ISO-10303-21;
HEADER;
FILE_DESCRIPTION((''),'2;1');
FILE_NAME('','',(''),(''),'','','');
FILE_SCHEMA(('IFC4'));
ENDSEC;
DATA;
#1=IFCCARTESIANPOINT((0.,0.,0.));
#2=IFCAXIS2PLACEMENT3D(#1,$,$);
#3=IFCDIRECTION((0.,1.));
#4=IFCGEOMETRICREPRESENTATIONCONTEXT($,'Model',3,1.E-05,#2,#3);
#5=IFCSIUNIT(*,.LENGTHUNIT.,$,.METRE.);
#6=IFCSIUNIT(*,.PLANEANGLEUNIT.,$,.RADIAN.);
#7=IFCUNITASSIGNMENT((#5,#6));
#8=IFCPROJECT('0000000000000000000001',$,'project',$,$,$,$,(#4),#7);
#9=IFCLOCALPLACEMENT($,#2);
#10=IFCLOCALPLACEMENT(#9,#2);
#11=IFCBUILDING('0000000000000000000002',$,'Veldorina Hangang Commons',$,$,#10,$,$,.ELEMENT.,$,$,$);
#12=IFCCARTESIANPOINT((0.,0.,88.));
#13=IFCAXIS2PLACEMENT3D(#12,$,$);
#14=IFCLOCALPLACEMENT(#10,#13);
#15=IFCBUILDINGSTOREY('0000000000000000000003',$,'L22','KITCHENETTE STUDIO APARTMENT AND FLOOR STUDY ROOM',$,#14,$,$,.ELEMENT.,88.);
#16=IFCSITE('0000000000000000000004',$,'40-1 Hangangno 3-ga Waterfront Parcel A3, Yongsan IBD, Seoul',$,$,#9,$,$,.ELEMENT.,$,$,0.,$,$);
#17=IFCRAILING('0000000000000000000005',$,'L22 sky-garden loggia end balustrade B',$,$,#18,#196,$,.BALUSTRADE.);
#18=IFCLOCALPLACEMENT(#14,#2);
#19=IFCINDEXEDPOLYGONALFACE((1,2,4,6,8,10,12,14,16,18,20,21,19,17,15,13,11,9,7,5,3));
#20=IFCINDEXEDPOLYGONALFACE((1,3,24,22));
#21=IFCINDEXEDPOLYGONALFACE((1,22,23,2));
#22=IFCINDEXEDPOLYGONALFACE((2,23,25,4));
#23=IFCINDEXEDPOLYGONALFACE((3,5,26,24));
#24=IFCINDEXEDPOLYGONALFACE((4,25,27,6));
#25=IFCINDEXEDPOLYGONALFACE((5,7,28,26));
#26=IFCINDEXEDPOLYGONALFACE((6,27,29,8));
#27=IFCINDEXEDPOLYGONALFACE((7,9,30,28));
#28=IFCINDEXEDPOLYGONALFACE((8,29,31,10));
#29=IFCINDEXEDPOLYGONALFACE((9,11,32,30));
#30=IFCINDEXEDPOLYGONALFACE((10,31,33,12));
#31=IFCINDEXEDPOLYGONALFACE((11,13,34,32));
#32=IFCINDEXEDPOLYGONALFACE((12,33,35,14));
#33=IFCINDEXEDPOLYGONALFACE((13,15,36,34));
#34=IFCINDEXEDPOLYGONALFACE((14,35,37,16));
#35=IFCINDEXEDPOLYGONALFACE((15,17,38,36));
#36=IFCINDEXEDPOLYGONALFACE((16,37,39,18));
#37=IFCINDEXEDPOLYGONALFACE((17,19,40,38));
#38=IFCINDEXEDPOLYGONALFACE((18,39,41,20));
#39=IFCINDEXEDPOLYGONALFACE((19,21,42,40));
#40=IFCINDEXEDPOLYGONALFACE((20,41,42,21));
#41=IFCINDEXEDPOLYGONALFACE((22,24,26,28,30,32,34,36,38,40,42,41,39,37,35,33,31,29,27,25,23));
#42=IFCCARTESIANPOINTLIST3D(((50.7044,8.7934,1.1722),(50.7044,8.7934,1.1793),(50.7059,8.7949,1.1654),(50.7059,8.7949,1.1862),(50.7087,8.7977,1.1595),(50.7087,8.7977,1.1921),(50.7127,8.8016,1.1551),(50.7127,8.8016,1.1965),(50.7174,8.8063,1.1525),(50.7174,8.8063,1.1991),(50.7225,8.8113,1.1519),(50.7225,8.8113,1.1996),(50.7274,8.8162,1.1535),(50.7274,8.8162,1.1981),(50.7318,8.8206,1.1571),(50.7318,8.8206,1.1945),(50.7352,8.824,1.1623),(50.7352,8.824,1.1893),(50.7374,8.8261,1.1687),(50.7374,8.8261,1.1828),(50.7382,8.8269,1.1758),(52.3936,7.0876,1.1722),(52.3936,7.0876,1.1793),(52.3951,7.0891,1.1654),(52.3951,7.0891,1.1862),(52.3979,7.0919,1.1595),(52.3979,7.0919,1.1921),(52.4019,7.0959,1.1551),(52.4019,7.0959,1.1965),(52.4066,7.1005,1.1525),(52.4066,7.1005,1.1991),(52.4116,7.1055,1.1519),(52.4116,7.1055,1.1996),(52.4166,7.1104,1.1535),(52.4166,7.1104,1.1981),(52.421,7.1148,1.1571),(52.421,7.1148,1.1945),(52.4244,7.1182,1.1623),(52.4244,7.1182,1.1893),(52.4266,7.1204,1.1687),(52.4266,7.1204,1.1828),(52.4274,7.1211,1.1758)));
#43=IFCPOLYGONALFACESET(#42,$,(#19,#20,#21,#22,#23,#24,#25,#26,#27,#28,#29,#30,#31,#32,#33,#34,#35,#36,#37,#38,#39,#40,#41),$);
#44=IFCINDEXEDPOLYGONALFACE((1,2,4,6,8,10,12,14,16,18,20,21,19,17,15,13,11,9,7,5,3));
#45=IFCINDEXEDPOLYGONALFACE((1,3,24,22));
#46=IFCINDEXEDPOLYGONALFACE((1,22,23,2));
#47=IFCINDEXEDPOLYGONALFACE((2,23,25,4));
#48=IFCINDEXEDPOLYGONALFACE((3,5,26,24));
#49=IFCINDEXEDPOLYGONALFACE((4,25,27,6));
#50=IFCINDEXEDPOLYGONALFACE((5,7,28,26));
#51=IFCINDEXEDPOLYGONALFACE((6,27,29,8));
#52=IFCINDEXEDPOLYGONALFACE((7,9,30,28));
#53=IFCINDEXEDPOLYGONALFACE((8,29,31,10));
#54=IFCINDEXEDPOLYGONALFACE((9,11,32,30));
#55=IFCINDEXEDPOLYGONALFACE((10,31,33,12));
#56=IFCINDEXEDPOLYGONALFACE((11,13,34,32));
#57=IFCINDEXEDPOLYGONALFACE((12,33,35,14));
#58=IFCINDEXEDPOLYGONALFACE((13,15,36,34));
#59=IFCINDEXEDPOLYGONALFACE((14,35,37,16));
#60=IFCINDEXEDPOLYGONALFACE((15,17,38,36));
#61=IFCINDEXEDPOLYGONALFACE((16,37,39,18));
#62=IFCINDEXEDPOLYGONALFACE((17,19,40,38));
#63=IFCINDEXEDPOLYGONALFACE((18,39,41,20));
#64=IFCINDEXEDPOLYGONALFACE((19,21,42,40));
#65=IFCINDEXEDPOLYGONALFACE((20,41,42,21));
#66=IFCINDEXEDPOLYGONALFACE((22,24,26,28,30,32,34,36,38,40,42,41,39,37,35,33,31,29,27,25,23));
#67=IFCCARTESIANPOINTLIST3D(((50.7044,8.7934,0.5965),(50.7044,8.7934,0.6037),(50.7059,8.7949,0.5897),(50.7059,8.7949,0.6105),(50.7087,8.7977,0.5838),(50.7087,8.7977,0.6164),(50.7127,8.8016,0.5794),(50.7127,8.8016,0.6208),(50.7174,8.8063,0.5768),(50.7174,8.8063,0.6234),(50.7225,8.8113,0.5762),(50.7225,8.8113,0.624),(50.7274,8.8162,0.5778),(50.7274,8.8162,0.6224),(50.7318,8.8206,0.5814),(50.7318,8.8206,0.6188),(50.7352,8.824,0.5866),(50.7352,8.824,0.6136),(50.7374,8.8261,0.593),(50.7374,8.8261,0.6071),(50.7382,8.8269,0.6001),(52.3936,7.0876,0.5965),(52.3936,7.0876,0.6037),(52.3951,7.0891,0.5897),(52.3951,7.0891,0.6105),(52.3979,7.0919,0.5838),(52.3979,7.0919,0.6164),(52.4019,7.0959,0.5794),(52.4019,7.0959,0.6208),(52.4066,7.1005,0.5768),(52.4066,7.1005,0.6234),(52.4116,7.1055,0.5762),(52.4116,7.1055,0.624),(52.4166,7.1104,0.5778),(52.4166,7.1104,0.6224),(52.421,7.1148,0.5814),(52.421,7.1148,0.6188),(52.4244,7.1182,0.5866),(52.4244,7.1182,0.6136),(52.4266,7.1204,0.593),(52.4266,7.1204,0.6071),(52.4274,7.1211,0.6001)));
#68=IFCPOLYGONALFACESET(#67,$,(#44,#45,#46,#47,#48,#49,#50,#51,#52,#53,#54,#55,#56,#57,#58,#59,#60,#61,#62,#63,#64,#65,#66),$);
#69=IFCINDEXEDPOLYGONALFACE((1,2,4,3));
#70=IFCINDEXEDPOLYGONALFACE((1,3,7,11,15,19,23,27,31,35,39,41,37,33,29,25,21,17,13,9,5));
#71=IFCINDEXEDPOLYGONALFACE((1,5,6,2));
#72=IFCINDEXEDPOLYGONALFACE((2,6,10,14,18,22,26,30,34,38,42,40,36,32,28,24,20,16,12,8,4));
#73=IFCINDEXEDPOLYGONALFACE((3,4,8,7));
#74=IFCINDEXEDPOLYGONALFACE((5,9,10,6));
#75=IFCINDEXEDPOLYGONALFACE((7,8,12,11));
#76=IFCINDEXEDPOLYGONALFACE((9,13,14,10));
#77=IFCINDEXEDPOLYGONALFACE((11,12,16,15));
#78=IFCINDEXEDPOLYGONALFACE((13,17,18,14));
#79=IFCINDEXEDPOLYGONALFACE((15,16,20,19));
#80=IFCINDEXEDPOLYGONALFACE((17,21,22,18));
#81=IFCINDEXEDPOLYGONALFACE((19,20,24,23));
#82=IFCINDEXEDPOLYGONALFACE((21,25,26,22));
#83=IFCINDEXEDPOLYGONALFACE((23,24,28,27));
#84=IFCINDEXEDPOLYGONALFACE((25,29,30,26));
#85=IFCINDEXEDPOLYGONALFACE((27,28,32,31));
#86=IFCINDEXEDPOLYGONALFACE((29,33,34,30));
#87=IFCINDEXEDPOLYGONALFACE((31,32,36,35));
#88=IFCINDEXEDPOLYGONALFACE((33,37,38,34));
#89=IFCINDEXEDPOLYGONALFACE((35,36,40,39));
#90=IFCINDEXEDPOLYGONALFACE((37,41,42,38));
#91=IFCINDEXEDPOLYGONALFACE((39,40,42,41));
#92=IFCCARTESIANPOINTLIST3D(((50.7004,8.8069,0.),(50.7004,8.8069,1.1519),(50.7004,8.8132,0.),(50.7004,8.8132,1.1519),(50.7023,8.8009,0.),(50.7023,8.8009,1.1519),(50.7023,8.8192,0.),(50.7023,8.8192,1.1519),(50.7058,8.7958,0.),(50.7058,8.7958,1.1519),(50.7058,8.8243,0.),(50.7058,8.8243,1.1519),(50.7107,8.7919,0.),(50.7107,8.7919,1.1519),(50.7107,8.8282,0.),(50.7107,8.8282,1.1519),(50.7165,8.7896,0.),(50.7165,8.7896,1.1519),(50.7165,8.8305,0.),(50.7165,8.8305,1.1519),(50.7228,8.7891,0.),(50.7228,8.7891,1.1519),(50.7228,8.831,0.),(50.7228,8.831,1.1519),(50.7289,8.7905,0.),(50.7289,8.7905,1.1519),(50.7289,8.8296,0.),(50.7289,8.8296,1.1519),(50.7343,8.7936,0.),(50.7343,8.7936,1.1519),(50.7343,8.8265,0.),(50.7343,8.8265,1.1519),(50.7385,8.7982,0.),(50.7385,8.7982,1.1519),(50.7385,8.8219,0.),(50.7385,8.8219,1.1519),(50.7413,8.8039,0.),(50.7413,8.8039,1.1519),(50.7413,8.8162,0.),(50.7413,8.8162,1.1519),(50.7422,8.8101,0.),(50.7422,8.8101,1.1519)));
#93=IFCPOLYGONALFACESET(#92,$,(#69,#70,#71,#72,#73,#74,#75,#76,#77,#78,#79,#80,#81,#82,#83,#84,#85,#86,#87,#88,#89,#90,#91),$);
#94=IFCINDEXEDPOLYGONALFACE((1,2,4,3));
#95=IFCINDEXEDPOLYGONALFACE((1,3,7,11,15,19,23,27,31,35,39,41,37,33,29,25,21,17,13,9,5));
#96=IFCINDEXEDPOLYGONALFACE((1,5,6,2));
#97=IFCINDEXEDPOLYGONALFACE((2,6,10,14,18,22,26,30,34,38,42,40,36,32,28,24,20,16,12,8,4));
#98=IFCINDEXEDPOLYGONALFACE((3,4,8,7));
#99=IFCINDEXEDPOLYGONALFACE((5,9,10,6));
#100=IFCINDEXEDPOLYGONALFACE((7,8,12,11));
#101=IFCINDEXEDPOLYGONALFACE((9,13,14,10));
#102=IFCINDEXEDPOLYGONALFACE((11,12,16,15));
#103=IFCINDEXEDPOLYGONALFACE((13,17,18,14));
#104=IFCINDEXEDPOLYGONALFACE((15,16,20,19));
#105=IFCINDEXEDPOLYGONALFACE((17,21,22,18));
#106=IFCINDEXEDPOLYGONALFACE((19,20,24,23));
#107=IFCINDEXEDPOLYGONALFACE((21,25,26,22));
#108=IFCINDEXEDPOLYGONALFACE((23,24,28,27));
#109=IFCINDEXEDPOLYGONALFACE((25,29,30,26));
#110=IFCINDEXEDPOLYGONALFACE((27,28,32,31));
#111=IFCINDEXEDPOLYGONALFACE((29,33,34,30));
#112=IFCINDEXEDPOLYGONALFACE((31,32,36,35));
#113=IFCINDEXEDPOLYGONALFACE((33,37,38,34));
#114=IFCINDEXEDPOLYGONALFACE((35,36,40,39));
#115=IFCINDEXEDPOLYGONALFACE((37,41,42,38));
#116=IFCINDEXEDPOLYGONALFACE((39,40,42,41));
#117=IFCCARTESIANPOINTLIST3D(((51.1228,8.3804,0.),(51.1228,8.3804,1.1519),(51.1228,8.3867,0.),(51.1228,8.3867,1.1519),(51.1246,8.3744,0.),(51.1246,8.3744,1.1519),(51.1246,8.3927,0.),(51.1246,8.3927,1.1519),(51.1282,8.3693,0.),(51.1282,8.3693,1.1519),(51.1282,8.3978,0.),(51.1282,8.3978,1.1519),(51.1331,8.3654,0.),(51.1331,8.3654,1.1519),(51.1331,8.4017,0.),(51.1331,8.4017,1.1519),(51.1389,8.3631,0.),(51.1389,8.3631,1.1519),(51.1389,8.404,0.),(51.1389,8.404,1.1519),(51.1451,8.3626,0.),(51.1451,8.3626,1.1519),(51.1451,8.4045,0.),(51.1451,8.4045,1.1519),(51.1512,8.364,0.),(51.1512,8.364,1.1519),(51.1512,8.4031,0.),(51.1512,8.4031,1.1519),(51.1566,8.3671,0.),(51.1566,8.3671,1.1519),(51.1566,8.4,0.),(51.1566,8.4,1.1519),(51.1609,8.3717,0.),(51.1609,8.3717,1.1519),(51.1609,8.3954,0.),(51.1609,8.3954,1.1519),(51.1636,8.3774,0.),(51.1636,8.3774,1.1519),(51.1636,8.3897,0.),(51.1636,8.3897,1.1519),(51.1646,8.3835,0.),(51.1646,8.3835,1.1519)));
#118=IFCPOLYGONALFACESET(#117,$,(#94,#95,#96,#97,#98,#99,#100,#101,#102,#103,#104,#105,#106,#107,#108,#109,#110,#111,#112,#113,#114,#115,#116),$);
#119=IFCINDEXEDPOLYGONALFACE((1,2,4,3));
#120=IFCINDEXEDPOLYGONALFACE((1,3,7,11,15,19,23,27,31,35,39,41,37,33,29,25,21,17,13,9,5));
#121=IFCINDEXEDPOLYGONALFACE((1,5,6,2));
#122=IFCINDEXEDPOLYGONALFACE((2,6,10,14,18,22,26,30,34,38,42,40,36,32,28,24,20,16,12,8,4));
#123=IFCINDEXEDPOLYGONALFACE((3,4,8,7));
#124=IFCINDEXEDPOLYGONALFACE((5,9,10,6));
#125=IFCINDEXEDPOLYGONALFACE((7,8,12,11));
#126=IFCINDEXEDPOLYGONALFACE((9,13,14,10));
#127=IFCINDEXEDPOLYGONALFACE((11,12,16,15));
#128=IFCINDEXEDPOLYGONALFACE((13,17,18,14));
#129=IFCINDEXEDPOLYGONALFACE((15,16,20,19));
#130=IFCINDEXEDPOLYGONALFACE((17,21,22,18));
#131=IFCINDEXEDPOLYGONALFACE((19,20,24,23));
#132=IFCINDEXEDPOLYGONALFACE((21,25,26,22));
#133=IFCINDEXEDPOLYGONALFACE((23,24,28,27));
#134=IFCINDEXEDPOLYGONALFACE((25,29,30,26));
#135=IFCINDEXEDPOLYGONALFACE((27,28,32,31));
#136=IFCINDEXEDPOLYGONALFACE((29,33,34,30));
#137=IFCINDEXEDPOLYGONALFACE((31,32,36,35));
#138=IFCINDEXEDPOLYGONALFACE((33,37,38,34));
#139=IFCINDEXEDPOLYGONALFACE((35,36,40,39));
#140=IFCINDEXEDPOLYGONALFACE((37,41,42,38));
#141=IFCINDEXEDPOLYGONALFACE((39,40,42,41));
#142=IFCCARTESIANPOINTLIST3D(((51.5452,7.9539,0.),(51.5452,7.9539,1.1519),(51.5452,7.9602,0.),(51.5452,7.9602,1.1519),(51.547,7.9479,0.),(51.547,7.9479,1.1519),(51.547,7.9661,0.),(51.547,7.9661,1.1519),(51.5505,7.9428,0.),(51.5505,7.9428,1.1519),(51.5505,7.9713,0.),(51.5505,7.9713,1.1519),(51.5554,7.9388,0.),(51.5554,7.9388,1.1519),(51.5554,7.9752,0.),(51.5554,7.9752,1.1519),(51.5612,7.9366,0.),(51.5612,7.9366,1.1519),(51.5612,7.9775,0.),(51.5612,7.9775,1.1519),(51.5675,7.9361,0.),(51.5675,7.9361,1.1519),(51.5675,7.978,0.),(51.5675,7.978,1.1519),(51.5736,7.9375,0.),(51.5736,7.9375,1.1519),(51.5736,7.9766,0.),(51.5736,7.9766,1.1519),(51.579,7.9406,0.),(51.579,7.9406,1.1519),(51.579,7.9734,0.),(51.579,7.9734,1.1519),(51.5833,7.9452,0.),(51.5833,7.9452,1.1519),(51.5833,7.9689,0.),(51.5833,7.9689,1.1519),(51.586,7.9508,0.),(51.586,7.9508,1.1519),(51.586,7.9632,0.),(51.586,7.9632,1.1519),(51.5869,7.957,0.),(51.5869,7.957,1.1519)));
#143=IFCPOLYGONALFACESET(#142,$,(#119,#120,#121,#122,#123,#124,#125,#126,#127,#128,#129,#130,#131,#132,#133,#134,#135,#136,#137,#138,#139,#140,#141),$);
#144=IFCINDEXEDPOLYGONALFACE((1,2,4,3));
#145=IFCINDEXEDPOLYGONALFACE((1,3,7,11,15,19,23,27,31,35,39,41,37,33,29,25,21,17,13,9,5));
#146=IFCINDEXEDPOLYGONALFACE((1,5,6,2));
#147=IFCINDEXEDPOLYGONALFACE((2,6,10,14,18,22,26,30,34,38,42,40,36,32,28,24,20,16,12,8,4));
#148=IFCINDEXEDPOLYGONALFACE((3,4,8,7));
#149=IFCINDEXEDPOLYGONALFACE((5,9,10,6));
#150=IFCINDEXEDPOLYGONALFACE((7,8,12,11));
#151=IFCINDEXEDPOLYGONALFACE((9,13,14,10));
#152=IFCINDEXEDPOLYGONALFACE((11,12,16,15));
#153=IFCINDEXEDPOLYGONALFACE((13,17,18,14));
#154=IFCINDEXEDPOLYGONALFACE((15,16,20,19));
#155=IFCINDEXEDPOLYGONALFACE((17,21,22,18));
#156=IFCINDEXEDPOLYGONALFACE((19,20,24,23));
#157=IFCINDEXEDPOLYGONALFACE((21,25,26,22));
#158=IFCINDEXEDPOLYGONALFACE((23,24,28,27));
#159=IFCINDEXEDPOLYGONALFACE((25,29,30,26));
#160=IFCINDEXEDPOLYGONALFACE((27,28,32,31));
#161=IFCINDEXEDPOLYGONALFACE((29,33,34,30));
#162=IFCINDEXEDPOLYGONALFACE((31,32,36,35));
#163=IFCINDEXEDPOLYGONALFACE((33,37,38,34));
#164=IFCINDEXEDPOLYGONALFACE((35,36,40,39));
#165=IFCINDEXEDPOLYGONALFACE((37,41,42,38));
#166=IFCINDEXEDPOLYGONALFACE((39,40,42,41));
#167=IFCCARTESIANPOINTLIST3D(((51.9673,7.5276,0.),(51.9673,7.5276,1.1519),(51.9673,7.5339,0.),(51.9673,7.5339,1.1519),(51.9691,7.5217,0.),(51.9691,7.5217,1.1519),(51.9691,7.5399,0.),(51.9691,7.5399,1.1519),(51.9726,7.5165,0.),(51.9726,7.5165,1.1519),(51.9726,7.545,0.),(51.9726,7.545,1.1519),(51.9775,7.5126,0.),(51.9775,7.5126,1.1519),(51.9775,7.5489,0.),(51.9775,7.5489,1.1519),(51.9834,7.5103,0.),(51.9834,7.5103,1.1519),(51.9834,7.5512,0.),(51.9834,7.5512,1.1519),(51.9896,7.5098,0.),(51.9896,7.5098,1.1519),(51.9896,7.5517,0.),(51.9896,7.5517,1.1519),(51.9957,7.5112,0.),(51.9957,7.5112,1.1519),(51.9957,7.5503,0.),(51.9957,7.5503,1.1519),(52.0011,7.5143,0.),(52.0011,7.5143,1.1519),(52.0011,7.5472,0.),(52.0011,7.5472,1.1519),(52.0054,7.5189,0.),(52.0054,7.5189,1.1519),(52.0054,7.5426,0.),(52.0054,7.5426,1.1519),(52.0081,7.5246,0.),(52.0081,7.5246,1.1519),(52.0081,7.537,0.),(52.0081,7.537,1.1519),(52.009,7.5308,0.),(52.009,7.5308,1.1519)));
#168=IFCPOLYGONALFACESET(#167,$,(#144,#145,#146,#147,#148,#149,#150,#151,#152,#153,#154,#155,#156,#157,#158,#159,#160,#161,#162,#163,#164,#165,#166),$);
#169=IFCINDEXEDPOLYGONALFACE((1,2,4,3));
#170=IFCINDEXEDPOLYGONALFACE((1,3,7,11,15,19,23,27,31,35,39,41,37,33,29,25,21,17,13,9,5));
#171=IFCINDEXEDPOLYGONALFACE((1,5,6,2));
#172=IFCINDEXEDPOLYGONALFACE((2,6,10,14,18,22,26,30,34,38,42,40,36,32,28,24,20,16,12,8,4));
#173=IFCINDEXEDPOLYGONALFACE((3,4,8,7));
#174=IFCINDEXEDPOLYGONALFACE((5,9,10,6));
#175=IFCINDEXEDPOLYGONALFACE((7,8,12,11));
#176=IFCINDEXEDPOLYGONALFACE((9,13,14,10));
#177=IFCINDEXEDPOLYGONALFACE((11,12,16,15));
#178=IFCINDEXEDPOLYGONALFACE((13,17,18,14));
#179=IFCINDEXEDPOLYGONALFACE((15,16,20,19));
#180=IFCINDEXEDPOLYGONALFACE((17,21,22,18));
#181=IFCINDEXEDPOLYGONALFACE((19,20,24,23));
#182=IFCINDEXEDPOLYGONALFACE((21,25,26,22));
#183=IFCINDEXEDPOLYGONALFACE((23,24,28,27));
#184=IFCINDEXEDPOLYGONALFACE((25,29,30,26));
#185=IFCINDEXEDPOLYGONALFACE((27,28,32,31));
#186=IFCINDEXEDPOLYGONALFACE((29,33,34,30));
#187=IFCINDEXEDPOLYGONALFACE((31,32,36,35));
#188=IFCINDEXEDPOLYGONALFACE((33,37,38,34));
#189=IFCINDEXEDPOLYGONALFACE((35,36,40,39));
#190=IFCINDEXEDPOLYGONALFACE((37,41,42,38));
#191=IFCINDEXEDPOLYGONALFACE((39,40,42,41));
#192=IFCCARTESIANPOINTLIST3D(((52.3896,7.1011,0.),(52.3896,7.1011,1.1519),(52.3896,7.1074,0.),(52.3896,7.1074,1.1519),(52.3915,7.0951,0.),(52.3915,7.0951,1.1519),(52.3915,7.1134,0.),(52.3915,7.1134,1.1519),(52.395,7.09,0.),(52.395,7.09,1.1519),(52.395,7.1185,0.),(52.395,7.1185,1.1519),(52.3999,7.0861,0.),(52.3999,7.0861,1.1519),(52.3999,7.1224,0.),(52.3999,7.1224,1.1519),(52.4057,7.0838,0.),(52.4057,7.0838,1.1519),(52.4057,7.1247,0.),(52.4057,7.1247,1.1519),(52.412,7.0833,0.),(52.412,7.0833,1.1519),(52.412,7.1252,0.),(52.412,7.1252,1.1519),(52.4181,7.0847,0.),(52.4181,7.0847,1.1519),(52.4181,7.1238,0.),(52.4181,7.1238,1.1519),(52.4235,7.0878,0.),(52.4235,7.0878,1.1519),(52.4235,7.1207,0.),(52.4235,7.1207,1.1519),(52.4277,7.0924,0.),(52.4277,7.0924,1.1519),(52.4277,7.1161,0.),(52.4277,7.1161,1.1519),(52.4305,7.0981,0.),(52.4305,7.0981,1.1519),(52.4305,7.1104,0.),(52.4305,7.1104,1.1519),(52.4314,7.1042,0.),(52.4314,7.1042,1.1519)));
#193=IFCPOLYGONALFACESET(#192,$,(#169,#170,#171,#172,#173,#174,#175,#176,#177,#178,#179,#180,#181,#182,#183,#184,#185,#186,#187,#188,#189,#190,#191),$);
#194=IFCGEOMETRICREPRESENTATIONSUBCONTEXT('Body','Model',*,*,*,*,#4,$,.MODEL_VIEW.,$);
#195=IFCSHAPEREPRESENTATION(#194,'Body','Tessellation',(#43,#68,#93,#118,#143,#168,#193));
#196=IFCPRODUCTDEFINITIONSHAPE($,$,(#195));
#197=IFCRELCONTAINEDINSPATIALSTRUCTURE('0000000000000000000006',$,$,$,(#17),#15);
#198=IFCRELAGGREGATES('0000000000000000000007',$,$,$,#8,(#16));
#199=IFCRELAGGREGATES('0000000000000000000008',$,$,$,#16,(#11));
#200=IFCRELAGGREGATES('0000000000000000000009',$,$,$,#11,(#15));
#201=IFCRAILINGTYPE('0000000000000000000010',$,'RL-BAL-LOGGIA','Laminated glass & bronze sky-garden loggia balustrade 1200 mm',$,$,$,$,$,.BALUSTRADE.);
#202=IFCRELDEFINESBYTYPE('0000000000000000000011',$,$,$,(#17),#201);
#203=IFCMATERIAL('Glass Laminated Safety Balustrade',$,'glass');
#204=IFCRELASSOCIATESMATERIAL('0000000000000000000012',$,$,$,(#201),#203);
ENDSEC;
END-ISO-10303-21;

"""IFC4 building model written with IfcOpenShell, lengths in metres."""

from ifc_helpers import new_model, si_unit, direction, frame, origin, origin_2d, place, context, subcontext, project, spatial, circle, extrude, material, type_object, element, save


model = new_model("IFC4")

# Units and contexts
model_context = context("Model", 3, precision=1e-05, world=origin(), true_north=direction((0.0, 1.0)))
body_context = subcontext(model_context, "Body", "Model", "MODEL_VIEW")
ifc_project = project(units=[si_unit("LENGTHUNIT", "METRE"), si_unit("PLANEANGLEUNIT", "RADIAN")], contexts=[model_context])

# Site, building, storey
site_placement = place(None, origin())
site = spatial("IfcSite", under=ifc_project, at=site_placement, Name="40-1 Hangangno 3-ga Waterfront Parcel A3, Yongsan IBD, Seoul", CompositionType="ELEMENT", RefElevation=0.0)
building_placement = place(site_placement, origin())
building = spatial("IfcBuilding", under=site, at=building_placement, Name="Veldorina Hangang Commons", CompositionType="ELEMENT")
storey_placement = place(building_placement, frame((0.0, 0.0, 88.0)))
storey = spatial("IfcBuildingStorey", under=building, at=storey_placement, Name="L22", Description="KITCHENETTE STUDIO APARTMENT AND FLOOR STUDY ROOM", CompositionType="ELEMENT", Elevation=88.0)

# Railing
ifc_material_1 = material(Name="Glass Laminated Safety Balustrade", Category="glass")
railing_type = type_object("IfcRailingType", Name="RL-BAL-LOGGIA", Description="Laminated glass & bronze sky-garden loggia balustrade 1200 mm", PredefinedType="BALUSTRADE", material=ifc_material_1)
railing_1_placement = place(storey_placement, frame((50.7212, 8.8101, 0.0)))
element("IfcRailing", 1, at=railing_1_placement, inside=storey, type_object=railing_type, Name="L22 sky-garden loggia end balustrade B", PredefinedType="BALUSTRADE", context=body_context, shape_type="SweptSolid", body=[
    extrude(circle(Radius=0.0239, at=origin_2d()), frame((0.0, 0.0, 1.1758), z_axis=(0.703641, -0.710556, 0.0), x_axis=(0.710556, 0.703641, 0.0)), (0.0, 0.0, 1.0), 2.4006),
    extrude(circle(Radius=0.0239, at=origin_2d()), frame((0.0, 0.0, 0.6001), z_axis=(0.703641, -0.710556, 0.0), x_axis=(0.710556, 0.703641, 0.0)), (0.0, 0.0, 1.0), 2.4006),
    extrude(circle(Radius=0.021, at=origin_2d()), origin(), (0.0, 0.0, 1.0), 1.1519),
    extrude(circle(Radius=0.021, at=origin_2d()), frame((0.4224, -0.4265, 0.0)), (0.0, 0.0, 1.0), 1.1519),
    extrude(circle(Radius=0.021, at=origin_2d()), frame((0.8447, -0.853, 0.0)), (0.0, 0.0, 1.0), 1.1519),
    extrude(circle(Radius=0.021, at=origin_2d()), frame((1.2668, -1.2793, 0.0)), (0.0, 0.0, 1.0), 1.1519),
    extrude(circle(Radius=0.021, at=origin_2d()), frame((1.6892, -1.7058, 0.0)), (0.0, 0.0, 1.0), 1.1519),
])

save(model, "model.ifc")
